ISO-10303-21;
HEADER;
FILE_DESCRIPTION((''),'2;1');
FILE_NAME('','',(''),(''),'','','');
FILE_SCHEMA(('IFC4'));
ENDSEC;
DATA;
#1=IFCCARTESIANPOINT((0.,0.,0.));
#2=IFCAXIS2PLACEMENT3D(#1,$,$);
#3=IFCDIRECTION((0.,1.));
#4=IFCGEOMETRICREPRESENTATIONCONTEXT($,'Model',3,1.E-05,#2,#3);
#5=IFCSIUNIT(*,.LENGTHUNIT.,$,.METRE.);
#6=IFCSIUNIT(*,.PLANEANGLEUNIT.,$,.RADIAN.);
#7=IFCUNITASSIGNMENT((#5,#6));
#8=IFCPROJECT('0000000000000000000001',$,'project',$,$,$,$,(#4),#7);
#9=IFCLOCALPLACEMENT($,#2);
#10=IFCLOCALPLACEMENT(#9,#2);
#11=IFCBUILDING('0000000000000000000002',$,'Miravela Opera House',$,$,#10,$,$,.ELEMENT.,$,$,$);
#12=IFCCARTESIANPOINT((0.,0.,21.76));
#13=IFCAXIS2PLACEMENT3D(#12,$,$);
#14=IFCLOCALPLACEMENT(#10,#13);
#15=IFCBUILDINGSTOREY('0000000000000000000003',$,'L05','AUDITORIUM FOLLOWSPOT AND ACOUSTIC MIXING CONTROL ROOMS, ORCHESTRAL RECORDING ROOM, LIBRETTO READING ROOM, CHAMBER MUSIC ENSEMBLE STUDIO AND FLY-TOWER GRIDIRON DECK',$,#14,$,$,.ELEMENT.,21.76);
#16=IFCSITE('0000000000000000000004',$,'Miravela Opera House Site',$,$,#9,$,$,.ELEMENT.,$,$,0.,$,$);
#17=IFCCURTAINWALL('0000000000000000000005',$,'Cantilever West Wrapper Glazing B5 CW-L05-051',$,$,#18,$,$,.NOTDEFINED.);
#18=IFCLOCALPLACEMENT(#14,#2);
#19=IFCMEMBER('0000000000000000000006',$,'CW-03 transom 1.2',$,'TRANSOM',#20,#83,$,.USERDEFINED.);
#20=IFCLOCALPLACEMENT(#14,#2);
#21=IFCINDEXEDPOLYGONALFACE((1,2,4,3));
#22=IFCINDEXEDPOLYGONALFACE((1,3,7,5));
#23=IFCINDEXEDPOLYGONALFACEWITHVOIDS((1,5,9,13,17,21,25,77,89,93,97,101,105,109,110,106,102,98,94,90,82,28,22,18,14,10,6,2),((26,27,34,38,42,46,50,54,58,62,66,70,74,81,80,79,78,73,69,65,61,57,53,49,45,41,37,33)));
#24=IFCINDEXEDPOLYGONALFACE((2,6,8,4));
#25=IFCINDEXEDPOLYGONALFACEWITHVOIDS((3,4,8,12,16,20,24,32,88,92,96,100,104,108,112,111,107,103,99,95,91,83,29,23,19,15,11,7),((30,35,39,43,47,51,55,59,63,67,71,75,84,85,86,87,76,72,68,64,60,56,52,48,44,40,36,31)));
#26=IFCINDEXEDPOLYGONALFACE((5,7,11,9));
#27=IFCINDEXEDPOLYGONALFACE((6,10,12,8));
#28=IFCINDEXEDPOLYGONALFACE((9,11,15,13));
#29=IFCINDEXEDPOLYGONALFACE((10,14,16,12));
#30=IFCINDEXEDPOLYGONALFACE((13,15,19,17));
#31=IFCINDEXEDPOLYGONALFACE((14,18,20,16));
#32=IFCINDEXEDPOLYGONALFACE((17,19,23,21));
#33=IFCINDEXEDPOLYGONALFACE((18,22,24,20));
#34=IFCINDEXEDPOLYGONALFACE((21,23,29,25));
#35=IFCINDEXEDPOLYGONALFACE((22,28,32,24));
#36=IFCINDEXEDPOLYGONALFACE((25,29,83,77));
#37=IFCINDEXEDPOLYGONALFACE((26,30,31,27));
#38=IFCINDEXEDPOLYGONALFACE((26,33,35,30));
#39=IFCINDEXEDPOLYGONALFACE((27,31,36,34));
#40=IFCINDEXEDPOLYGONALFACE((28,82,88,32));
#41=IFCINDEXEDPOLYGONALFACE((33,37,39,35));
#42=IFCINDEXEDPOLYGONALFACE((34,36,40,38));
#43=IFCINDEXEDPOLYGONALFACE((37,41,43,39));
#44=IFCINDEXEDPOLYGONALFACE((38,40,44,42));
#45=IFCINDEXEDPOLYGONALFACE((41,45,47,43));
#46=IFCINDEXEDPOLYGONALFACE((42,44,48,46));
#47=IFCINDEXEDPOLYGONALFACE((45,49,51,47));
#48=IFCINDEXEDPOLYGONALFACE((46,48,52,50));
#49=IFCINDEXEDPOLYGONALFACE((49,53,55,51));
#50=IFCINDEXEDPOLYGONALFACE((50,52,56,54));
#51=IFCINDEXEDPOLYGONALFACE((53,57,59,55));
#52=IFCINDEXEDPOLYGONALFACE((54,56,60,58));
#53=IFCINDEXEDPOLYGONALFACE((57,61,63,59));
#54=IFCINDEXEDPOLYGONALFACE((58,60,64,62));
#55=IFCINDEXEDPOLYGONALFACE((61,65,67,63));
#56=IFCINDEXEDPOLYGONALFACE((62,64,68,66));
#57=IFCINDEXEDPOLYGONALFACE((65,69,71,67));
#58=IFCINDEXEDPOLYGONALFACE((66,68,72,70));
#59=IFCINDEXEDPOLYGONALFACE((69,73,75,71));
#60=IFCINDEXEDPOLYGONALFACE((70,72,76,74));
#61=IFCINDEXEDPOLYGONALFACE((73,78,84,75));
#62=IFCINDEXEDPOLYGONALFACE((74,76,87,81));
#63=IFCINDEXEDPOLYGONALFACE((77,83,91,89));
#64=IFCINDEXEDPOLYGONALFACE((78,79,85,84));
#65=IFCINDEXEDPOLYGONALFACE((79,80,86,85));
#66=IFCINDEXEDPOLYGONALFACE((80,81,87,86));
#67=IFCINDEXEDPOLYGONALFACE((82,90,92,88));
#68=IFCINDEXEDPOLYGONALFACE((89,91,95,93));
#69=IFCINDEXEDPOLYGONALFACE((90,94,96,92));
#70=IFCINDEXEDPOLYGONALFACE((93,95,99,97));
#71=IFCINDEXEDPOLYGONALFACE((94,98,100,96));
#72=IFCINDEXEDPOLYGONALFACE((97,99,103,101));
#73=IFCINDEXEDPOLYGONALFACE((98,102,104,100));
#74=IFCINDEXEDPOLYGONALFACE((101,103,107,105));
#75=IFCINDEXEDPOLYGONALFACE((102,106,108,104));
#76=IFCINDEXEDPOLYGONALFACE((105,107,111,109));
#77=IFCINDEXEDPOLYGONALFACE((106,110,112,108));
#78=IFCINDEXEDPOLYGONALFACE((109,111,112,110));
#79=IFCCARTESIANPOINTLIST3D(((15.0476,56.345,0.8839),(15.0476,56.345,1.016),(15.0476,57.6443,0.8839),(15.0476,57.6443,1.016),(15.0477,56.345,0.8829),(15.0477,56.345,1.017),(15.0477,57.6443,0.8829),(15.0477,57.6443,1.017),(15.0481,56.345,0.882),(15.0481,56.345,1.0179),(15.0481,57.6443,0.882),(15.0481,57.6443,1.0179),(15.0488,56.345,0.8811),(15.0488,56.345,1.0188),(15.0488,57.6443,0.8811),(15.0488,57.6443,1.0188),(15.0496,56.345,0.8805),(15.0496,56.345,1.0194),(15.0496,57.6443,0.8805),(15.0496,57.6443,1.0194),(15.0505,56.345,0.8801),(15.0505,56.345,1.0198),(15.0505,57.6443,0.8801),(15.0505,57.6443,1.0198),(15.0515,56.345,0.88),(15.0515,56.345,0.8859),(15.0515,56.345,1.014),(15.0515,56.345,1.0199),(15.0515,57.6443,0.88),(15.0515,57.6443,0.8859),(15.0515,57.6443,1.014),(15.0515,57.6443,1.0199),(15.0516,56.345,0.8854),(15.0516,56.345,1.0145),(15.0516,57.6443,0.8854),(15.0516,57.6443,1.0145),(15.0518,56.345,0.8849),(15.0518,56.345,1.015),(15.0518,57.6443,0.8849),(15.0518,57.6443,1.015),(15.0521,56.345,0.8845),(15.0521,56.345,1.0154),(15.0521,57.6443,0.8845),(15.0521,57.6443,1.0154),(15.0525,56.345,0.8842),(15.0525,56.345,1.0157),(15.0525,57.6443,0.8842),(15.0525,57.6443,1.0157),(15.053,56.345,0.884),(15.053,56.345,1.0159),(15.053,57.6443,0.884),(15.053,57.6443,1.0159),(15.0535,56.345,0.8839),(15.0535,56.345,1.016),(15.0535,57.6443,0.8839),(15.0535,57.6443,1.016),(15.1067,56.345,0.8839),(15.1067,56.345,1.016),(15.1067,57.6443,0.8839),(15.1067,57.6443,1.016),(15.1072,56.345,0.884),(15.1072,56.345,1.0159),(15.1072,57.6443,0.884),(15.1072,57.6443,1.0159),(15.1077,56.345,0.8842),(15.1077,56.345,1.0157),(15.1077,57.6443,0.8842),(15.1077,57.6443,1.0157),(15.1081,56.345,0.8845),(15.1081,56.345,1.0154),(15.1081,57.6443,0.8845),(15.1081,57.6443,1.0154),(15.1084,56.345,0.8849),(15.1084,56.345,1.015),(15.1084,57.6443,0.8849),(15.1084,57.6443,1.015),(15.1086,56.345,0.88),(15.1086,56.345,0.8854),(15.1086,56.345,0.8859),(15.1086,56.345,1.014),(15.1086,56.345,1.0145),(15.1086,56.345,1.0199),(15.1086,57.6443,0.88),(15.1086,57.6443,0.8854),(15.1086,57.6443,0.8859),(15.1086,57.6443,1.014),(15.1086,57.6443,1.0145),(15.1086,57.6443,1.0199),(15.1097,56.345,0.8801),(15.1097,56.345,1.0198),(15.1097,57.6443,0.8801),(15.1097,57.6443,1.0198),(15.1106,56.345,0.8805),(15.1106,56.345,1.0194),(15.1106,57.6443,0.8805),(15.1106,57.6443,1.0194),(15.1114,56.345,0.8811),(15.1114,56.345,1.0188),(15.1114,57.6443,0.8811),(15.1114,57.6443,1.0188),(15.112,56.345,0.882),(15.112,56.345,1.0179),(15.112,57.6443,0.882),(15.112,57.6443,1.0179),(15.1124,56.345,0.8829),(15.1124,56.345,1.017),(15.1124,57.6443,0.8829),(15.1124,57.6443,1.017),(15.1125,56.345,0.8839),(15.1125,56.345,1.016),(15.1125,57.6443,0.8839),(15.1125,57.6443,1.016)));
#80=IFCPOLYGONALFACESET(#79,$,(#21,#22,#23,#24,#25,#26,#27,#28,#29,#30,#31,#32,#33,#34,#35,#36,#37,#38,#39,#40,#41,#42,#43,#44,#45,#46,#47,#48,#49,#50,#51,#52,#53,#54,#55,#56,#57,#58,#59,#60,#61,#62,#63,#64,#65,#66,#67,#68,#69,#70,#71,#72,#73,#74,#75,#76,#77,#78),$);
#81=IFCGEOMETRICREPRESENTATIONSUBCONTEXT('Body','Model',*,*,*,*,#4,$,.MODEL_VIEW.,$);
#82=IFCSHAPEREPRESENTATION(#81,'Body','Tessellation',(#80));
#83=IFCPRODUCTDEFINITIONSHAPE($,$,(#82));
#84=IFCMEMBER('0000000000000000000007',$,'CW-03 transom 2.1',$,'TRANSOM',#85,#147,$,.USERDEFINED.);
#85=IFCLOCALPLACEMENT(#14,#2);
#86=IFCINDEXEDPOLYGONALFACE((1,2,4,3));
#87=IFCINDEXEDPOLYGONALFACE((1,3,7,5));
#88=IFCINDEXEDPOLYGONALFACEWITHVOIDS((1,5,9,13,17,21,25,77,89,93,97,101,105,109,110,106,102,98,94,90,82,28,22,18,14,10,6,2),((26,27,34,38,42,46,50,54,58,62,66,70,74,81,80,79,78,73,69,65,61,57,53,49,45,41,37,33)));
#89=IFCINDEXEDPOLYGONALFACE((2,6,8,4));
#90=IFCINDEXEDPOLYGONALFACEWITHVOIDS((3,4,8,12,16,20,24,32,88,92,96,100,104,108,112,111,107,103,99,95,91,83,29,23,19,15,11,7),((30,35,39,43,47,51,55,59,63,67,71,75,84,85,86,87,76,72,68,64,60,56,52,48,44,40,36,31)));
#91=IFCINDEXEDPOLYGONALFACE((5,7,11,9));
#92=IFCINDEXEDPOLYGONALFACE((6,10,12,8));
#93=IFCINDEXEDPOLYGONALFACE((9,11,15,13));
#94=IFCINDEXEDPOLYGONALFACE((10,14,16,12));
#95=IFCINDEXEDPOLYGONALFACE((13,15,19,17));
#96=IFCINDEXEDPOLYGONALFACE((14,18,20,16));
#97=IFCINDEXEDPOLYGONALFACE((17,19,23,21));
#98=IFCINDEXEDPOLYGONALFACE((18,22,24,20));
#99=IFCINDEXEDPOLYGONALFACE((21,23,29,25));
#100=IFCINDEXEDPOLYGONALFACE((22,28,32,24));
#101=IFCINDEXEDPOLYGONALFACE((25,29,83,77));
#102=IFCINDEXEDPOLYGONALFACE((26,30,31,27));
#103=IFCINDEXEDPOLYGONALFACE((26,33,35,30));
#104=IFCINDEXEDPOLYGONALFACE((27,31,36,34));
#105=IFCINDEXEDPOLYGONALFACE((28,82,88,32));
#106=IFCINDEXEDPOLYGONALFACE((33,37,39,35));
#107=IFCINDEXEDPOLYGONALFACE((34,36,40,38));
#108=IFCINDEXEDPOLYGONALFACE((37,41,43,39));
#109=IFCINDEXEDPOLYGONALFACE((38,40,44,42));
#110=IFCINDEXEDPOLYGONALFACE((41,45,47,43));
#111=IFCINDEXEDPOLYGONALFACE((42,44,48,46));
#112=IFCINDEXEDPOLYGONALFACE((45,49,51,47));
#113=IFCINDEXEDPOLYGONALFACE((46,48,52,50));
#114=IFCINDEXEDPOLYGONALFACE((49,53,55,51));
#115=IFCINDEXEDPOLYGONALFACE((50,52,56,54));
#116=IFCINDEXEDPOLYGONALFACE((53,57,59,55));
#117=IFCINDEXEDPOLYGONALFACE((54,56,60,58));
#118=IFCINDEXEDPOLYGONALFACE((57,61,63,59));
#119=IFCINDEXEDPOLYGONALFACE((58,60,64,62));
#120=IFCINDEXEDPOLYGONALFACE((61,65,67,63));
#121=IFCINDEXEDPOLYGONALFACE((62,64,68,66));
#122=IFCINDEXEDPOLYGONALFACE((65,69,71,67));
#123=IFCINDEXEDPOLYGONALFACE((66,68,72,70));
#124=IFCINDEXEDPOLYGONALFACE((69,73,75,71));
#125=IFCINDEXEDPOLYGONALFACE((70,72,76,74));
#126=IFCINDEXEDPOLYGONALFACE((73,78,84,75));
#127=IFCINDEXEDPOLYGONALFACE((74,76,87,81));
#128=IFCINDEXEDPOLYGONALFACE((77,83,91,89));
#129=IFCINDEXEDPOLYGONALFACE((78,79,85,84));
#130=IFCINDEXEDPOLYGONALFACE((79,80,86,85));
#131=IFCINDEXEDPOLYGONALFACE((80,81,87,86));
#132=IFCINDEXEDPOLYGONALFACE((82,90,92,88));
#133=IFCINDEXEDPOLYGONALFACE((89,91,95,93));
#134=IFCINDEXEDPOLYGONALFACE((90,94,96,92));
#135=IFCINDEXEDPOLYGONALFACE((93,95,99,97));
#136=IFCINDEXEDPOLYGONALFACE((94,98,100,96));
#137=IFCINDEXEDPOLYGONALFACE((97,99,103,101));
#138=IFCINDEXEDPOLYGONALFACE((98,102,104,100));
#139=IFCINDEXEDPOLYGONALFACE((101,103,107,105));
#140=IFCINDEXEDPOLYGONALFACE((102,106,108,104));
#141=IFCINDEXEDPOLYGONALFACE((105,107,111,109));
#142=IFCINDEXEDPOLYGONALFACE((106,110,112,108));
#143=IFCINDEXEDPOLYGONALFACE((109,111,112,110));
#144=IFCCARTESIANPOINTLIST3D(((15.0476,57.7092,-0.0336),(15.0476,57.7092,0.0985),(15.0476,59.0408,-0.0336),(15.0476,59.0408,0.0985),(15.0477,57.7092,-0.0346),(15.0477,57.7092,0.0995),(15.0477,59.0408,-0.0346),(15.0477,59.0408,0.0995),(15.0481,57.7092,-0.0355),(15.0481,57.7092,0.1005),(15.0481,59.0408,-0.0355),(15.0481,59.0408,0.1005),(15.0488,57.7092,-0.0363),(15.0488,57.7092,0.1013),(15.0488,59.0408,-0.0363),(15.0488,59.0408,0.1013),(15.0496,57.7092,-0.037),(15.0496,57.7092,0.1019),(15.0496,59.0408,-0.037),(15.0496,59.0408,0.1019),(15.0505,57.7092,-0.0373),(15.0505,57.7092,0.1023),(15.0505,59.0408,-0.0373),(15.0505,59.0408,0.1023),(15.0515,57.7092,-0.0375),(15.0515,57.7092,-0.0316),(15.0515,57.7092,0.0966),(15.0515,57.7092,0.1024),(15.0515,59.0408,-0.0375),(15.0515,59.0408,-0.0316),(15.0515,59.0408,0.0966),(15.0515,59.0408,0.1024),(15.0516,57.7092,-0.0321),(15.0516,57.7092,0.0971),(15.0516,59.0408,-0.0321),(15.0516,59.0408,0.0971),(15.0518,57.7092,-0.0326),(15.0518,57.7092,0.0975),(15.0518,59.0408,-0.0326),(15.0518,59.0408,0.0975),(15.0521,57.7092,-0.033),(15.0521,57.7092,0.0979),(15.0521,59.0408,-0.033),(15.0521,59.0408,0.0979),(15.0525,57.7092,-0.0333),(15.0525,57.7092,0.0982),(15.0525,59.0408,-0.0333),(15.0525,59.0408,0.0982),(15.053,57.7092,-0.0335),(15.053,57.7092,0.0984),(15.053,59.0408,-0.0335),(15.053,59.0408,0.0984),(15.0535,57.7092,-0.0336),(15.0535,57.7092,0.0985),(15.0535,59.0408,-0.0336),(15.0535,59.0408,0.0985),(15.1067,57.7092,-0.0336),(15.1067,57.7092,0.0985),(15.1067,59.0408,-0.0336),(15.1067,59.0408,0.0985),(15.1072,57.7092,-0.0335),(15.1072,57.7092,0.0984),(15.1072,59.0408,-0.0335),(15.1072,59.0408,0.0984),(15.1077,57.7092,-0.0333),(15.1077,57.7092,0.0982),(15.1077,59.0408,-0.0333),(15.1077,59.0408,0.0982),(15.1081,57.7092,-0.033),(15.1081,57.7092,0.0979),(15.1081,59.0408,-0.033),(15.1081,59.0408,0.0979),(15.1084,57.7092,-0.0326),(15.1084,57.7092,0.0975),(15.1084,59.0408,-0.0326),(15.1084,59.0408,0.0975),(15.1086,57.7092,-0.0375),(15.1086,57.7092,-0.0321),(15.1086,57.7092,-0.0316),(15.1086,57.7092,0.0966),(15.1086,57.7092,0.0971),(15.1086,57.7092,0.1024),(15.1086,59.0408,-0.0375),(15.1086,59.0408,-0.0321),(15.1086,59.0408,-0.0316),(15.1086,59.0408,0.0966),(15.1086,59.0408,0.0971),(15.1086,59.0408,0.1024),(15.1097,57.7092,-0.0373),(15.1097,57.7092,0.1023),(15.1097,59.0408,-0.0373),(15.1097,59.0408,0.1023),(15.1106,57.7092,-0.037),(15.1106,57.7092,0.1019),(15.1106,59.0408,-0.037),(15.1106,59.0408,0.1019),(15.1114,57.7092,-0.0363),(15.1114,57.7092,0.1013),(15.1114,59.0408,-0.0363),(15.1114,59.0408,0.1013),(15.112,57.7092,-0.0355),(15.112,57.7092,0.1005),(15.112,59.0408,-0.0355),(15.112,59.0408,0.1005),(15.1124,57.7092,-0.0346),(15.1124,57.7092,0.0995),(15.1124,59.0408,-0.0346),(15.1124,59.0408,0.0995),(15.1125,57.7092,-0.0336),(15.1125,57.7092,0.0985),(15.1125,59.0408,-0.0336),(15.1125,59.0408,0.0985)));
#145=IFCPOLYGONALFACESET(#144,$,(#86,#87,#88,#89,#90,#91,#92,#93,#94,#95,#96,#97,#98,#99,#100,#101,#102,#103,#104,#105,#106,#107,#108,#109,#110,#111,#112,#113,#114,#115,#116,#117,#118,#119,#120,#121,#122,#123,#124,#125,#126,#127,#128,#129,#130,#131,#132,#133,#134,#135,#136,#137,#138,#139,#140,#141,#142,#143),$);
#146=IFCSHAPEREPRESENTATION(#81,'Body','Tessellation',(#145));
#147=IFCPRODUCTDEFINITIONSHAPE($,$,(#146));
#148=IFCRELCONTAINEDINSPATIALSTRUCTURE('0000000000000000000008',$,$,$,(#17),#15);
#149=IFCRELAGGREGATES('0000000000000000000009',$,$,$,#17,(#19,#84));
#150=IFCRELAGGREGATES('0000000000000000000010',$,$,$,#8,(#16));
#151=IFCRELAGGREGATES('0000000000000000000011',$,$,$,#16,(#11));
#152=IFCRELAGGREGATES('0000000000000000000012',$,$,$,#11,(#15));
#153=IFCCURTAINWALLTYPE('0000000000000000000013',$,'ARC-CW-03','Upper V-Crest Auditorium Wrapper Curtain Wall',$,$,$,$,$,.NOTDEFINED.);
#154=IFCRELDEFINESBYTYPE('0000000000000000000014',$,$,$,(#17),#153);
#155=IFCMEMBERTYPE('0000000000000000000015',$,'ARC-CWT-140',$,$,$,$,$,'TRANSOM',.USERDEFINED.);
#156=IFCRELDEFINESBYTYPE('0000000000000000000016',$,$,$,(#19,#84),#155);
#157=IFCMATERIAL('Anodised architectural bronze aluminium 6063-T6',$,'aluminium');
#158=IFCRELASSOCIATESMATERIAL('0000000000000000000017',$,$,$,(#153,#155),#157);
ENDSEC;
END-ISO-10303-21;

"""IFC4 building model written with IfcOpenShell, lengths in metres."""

from ifc_helpers import new_model, si_unit, direction, frame, origin, origin_2d, place, context, subcontext, project, spatial, hollow_rectangle, extrude, material, material_profile, profile_set, type_object, element, aggregate, save


model = new_model("IFC4")

# Units and contexts
model_context = context("Model", 3, precision=1e-05, world=origin(), true_north=direction((0.0, 1.0)))
body_context = subcontext(model_context, "Body", "Model", "MODEL_VIEW")
ifc_project = project(units=[si_unit("LENGTHUNIT", "METRE"), si_unit("PLANEANGLEUNIT", "RADIAN")], contexts=[model_context])

# Site, building, storey
site_placement = place(None, origin())
site = spatial("IfcSite", under=ifc_project, at=site_placement, Name="Miravela Opera House Site", CompositionType="ELEMENT", RefElevation=0.0)
building_placement = place(site_placement, origin())
building = spatial("IfcBuilding", under=site, at=building_placement, Name="Miravela Opera House", CompositionType="ELEMENT")
storey_placement = place(building_placement, frame((0.0, 0.0, 21.76)))
storey = spatial("IfcBuildingStorey", under=building, at=storey_placement, Name="L05", Description="AUDITORIUM FOLLOWSPOT AND ACOUSTIC MIXING CONTROL ROOMS, ORCHESTRAL RECORDING ROOM, LIBRETTO READING ROOM, CHAMBER MUSIC ENSEMBLE STUDIO AND FLY-TOWER GRIDIRON DECK", CompositionType="ELEMENT", Elevation=21.76)

# Curtain wall
ifc_material_1 = material(Name="Anodised architectural bronze aluminium 6063-T6", Category="aluminium")
curtain_wall_type = type_object("IfcCurtainWallType", Name="ARC-CW-03", Description="Upper V-Crest Auditorium Wrapper Curtain Wall", PredefinedType="NOTDEFINED", material=ifc_material_1)
curtain_wall_1_placement = place(storey_placement, origin())
curtain_wall_1 = element("IfcCurtainWall", 1, at=curtain_wall_1_placement, inside=storey, type_object=curtain_wall_type, Name="Cantilever West Wrapper Glazing B5 CW-L05-051", PredefinedType="NOTDEFINED")

# Members
ifc_material_profile_1 = material_profile(ifc_material_1, hollow_rectangle(XDim=0.0649, YDim=0.1399, WallThickness=0.0039, InnerFilletRadius=0.002, OuterFilletRadius=0.0039, at=origin_2d()), Name="CWT-65X140")
ifc_profile_set_1 = profile_set([ifc_material_profile_1])
member_type_1 = type_object("IfcMemberType", Name="ARC-CWT-140", ElementType="TRANSOM", PredefinedType="USERDEFINED", material=ifc_profile_set_1)
member_1_placement = place(storey_placement, frame((15.0801, 56.345, 0.95), z_axis=(0.0, 1.0, 0.0), x_axis=(-1.0, 0.0, 0.0)))
member_1 = element("IfcMember", 2, at=member_1_placement, type_object=member_type_1, Name="CW-03 transom 1.2", ObjectType="TRANSOM", PredefinedType="USERDEFINED", context=body_context, shape_type="SweptSolid", body=[
    extrude(hollow_rectangle(XDim=0.0649, YDim=0.1399, WallThickness=0.0039, InnerFilletRadius=0.002, OuterFilletRadius=0.0039, at=origin_2d()), origin(), (0.0, 0.0, 1.0), 1.2993),
])
member_2_placement = place(storey_placement, frame((15.0801, 57.7092, 0.0325), z_axis=(0.0, 1.0, 0.0), x_axis=(-1.0, 0.0, 0.0)))
member_2 = element("IfcMember", 3, at=member_2_placement, type_object=member_type_1, Name="CW-03 transom 2.1", ObjectType="TRANSOM", PredefinedType="USERDEFINED", context=body_context, shape_type="SweptSolid", body=[
    extrude(hollow_rectangle(XDim=0.0649, YDim=0.1399, WallThickness=0.0039, InnerFilletRadius=0.002, OuterFilletRadius=0.0039, at=origin_2d()), origin(), (0.0, 0.0, 1.0), 1.3315),
])

aggregate(curtain_wall_1, [member_1, member_2])

save(model, "model.ifc")
